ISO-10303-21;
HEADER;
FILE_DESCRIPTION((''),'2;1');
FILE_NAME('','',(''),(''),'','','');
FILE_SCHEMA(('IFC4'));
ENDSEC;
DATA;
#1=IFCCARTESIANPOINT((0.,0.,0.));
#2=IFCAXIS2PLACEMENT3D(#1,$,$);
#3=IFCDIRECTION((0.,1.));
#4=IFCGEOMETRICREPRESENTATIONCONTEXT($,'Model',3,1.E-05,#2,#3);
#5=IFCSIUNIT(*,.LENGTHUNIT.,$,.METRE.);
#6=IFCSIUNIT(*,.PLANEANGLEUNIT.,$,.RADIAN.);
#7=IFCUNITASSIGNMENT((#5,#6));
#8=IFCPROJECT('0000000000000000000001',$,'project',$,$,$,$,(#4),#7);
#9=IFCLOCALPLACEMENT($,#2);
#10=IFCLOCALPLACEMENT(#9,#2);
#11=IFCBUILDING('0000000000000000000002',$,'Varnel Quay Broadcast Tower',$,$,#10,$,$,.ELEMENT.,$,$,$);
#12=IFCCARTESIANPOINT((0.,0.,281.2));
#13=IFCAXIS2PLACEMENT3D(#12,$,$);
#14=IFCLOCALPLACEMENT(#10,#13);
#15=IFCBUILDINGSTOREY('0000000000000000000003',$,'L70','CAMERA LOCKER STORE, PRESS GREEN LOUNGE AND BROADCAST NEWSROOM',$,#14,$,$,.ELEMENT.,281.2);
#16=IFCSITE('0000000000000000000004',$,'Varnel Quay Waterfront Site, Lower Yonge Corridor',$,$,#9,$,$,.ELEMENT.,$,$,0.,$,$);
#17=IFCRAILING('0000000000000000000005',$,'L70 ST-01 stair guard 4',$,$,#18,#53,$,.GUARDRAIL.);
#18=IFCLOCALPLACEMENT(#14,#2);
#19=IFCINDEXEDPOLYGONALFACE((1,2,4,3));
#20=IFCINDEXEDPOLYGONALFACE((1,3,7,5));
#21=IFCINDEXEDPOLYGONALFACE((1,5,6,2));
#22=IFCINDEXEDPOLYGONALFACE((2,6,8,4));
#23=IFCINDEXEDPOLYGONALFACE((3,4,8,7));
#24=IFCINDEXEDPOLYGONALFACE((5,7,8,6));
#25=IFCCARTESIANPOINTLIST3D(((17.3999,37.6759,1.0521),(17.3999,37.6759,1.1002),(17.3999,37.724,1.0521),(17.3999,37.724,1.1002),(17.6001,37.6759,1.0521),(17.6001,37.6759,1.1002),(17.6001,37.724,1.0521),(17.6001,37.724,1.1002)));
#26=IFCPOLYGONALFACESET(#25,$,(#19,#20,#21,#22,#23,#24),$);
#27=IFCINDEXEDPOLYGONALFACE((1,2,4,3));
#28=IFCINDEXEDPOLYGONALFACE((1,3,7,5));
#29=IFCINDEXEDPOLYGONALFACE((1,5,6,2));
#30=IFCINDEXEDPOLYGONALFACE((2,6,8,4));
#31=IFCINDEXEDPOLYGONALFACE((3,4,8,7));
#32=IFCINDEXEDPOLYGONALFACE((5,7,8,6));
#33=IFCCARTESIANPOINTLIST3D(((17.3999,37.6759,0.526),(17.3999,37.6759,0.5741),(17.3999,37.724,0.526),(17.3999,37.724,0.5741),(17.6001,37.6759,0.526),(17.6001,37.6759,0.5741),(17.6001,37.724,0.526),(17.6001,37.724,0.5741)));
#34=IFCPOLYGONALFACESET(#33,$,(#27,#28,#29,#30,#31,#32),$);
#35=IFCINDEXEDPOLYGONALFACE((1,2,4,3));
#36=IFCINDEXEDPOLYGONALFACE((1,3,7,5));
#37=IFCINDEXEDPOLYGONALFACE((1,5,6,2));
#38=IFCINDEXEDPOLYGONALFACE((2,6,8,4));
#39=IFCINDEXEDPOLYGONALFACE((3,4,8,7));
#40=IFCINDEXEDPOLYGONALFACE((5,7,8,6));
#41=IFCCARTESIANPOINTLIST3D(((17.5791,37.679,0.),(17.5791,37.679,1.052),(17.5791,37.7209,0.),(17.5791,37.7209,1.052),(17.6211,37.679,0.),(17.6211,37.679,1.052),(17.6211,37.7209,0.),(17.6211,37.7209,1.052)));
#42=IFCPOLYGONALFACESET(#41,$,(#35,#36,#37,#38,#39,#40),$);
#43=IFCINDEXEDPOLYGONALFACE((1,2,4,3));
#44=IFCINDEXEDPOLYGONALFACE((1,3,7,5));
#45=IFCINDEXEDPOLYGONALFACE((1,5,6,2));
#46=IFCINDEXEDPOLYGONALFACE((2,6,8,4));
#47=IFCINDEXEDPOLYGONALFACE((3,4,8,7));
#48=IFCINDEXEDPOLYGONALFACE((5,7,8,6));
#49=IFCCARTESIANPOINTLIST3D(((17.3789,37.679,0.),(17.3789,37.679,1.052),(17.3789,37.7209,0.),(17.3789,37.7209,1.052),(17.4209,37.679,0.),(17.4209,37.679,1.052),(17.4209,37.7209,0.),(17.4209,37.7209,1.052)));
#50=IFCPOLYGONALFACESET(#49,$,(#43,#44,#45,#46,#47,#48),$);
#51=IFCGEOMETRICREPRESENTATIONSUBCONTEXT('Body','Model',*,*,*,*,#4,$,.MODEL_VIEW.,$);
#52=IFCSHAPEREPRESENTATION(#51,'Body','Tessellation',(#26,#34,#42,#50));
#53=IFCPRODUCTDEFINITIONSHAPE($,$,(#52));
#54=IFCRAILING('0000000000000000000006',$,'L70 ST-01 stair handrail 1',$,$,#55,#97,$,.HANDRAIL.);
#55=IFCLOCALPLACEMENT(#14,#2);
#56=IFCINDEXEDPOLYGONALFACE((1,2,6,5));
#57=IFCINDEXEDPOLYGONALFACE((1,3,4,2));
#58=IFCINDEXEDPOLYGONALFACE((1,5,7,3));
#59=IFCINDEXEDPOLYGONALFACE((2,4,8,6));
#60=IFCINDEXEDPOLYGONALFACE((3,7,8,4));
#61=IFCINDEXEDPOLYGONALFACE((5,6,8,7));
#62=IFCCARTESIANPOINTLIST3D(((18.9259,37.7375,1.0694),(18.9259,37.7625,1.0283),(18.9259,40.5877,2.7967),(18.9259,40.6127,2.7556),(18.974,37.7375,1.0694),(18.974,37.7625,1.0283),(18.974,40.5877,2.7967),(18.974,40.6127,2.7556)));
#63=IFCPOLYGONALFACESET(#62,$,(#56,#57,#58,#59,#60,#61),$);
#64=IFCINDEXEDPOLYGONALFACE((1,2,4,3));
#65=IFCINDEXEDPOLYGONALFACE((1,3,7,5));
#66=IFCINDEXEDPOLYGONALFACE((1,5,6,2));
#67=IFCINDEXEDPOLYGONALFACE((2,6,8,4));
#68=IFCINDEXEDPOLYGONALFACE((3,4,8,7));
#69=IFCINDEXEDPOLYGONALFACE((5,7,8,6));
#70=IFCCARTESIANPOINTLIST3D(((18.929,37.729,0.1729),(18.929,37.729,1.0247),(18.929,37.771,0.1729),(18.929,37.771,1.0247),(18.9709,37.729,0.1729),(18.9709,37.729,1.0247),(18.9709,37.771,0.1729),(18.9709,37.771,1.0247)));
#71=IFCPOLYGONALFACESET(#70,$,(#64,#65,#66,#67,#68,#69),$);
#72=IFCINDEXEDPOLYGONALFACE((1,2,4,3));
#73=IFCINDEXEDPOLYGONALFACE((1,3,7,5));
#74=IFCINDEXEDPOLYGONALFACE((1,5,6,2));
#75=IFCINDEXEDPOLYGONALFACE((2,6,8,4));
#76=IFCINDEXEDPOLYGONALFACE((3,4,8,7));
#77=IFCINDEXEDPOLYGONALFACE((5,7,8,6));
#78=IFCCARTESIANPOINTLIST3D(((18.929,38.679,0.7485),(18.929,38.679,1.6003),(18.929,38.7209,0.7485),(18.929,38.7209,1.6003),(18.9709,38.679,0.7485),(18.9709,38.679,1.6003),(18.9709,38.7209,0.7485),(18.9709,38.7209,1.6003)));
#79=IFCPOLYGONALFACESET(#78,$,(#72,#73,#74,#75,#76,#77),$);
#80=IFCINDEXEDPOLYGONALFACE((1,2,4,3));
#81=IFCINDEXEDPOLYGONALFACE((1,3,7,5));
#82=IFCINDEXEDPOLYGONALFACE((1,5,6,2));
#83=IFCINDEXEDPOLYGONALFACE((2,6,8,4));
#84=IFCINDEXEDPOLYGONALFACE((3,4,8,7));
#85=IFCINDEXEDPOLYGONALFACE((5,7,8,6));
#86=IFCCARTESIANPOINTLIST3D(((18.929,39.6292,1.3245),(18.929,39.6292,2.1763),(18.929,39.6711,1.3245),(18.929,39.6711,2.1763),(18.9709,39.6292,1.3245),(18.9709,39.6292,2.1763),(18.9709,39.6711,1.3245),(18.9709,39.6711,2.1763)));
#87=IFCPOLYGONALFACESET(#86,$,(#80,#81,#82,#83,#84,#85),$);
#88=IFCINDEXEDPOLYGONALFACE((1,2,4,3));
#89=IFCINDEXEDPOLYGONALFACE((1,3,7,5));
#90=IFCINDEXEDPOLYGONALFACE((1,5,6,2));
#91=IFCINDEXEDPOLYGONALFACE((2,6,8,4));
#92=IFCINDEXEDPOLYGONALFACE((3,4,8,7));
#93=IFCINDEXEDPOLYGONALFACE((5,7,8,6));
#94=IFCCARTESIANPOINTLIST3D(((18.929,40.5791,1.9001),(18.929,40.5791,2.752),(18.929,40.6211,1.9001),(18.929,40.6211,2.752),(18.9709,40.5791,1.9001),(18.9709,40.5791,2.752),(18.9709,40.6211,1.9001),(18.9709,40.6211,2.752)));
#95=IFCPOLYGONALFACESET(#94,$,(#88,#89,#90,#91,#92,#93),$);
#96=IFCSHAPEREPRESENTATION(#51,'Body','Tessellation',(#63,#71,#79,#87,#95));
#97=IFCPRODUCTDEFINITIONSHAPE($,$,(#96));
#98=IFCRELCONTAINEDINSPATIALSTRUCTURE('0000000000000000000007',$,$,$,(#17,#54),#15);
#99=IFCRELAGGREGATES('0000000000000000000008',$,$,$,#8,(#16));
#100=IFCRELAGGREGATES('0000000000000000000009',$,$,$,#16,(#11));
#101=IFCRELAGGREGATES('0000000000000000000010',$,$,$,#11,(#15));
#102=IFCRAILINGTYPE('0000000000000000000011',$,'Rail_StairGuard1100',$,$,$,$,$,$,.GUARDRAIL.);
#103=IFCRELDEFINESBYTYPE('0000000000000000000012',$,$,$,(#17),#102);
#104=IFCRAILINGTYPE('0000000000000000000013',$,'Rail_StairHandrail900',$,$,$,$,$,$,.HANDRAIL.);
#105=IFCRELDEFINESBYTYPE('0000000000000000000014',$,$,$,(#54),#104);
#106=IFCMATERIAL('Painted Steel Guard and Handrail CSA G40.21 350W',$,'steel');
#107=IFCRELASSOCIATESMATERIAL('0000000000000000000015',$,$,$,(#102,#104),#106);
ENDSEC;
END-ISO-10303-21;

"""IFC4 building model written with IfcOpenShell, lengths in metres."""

from ifc_helpers import new_model, si_unit, direction, frame, origin, origin_2d, place, context, subcontext, project, spatial, rectangle, extrude, material, type_object, element, save


model = new_model("IFC4")

# Units and contexts
model_context = context("Model", 3, precision=1e-05, world=origin(), true_north=direction((0.0, 1.0)))
body_context = subcontext(model_context, "Body", "Model", "MODEL_VIEW")
ifc_project = project(units=[si_unit("LENGTHUNIT", "METRE"), si_unit("PLANEANGLEUNIT", "RADIAN")], contexts=[model_context])

# Site, building, storey
site_placement = place(None, origin())
site = spatial("IfcSite", under=ifc_project, at=site_placement, Name="Varnel Quay Waterfront Site, Lower Yonge Corridor", CompositionType="ELEMENT", RefElevation=0.0)
building_placement = place(site_placement, origin())
building = spatial("IfcBuilding", under=site, at=building_placement, Name="Varnel Quay Broadcast Tower", CompositionType="ELEMENT")
storey_placement = place(building_placement, frame((0.0, 0.0, 281.2)))
storey = spatial("IfcBuildingStorey", under=building, at=storey_placement, Name="L70", Description="CAMERA LOCKER STORE, PRESS GREEN LOUNGE AND BROADCAST NEWSROOM", CompositionType="ELEMENT", Elevation=281.2)

# Railings
ifc_material_1 = material(Name="Painted Steel Guard and Handrail CSA G40.21 350W", Category="steel")
railing_type_1 = type_object("IfcRailingType", Name="Rail_StairGuard1100", PredefinedType="GUARDRAIL", material=ifc_material_1)
for number, where, name in (
    (1, (17.6001, 37.7, 0.0), "L70 ST-01 stair guard 4"),
):
    element("IfcRailing", number, at=place(storey_placement, frame(where)), inside=storey, type_object=railing_type_1, Name=name, PredefinedType="GUARDRAIL", context=body_context, shape_type="SweptSolid", body=[
        extrude(rectangle(XDim=0.0481, YDim=0.0481, at=origin_2d()), frame((0.0, 0.0, 1.0762), z_axis=(-1.0, 0.0, 0.0), x_axis=(0.0, -1.0, 0.0)), (0.0, 0.0, 1.0), 0.2002),
        extrude(rectangle(XDim=0.0481, YDim=0.0481, at=origin_2d()), frame((0.0, 0.0, 0.55), z_axis=(-1.0, 0.0, 0.0), x_axis=(0.0, -1.0, 0.0)), (0.0, 0.0, 1.0), 0.2002),
        extrude(rectangle(XDim=0.042, YDim=0.042, at=origin_2d()), origin(), (0.0, 0.0, 1.0), 1.052),
        extrude(rectangle(XDim=0.042, YDim=0.042, at=origin_2d()), frame((-0.2002, 0.0, 0.0)), (0.0, 0.0, 1.0), 1.052),
    ])
railing_type_2 = type_object("IfcRailingType", Name="Rail_StairHandrail900", PredefinedType="HANDRAIL", material=ifc_material_1)
railing_1_placement = place(storey_placement, frame((18.95, 37.75, 0.1729)))
element("IfcRailing", 2, at=railing_1_placement, inside=storey, type_object=railing_type_2, Name="L70 ST-01 stair handrail 1", PredefinedType="HANDRAIL", context=body_context, shape_type="SweptSolid", body=[
    extrude(rectangle(XDim=0.0481, YDim=0.0481, at=origin_2d()), frame((0.0, 0.0, 0.876), z_axis=(0.0, 0.855203, 0.518294), x_axis=(-1.0, 0.0, 0.0)), (0.0, 0.0, 1.0), 3.3328),
    extrude(rectangle(XDim=0.042, YDim=0.042, at=origin_2d()), origin(), (0.0, 0.0, 1.0), 0.8518),
    extrude(rectangle(XDim=0.042, YDim=0.042, at=origin_2d()), frame((0.0, 0.95, 0.5757)), (0.0, 0.0, 1.0), 0.8518),
    extrude(rectangle(XDim=0.042, YDim=0.042, at=origin_2d()), frame((0.0, 1.9001, 1.1516)), (0.0, 0.0, 1.0), 0.8518),
    extrude(rectangle(XDim=0.042, YDim=0.042, at=origin_2d()), frame((0.0, 2.8501, 1.7273)), (0.0, 0.0, 1.0), 0.8518),
])

save(model, "model.ifc")
